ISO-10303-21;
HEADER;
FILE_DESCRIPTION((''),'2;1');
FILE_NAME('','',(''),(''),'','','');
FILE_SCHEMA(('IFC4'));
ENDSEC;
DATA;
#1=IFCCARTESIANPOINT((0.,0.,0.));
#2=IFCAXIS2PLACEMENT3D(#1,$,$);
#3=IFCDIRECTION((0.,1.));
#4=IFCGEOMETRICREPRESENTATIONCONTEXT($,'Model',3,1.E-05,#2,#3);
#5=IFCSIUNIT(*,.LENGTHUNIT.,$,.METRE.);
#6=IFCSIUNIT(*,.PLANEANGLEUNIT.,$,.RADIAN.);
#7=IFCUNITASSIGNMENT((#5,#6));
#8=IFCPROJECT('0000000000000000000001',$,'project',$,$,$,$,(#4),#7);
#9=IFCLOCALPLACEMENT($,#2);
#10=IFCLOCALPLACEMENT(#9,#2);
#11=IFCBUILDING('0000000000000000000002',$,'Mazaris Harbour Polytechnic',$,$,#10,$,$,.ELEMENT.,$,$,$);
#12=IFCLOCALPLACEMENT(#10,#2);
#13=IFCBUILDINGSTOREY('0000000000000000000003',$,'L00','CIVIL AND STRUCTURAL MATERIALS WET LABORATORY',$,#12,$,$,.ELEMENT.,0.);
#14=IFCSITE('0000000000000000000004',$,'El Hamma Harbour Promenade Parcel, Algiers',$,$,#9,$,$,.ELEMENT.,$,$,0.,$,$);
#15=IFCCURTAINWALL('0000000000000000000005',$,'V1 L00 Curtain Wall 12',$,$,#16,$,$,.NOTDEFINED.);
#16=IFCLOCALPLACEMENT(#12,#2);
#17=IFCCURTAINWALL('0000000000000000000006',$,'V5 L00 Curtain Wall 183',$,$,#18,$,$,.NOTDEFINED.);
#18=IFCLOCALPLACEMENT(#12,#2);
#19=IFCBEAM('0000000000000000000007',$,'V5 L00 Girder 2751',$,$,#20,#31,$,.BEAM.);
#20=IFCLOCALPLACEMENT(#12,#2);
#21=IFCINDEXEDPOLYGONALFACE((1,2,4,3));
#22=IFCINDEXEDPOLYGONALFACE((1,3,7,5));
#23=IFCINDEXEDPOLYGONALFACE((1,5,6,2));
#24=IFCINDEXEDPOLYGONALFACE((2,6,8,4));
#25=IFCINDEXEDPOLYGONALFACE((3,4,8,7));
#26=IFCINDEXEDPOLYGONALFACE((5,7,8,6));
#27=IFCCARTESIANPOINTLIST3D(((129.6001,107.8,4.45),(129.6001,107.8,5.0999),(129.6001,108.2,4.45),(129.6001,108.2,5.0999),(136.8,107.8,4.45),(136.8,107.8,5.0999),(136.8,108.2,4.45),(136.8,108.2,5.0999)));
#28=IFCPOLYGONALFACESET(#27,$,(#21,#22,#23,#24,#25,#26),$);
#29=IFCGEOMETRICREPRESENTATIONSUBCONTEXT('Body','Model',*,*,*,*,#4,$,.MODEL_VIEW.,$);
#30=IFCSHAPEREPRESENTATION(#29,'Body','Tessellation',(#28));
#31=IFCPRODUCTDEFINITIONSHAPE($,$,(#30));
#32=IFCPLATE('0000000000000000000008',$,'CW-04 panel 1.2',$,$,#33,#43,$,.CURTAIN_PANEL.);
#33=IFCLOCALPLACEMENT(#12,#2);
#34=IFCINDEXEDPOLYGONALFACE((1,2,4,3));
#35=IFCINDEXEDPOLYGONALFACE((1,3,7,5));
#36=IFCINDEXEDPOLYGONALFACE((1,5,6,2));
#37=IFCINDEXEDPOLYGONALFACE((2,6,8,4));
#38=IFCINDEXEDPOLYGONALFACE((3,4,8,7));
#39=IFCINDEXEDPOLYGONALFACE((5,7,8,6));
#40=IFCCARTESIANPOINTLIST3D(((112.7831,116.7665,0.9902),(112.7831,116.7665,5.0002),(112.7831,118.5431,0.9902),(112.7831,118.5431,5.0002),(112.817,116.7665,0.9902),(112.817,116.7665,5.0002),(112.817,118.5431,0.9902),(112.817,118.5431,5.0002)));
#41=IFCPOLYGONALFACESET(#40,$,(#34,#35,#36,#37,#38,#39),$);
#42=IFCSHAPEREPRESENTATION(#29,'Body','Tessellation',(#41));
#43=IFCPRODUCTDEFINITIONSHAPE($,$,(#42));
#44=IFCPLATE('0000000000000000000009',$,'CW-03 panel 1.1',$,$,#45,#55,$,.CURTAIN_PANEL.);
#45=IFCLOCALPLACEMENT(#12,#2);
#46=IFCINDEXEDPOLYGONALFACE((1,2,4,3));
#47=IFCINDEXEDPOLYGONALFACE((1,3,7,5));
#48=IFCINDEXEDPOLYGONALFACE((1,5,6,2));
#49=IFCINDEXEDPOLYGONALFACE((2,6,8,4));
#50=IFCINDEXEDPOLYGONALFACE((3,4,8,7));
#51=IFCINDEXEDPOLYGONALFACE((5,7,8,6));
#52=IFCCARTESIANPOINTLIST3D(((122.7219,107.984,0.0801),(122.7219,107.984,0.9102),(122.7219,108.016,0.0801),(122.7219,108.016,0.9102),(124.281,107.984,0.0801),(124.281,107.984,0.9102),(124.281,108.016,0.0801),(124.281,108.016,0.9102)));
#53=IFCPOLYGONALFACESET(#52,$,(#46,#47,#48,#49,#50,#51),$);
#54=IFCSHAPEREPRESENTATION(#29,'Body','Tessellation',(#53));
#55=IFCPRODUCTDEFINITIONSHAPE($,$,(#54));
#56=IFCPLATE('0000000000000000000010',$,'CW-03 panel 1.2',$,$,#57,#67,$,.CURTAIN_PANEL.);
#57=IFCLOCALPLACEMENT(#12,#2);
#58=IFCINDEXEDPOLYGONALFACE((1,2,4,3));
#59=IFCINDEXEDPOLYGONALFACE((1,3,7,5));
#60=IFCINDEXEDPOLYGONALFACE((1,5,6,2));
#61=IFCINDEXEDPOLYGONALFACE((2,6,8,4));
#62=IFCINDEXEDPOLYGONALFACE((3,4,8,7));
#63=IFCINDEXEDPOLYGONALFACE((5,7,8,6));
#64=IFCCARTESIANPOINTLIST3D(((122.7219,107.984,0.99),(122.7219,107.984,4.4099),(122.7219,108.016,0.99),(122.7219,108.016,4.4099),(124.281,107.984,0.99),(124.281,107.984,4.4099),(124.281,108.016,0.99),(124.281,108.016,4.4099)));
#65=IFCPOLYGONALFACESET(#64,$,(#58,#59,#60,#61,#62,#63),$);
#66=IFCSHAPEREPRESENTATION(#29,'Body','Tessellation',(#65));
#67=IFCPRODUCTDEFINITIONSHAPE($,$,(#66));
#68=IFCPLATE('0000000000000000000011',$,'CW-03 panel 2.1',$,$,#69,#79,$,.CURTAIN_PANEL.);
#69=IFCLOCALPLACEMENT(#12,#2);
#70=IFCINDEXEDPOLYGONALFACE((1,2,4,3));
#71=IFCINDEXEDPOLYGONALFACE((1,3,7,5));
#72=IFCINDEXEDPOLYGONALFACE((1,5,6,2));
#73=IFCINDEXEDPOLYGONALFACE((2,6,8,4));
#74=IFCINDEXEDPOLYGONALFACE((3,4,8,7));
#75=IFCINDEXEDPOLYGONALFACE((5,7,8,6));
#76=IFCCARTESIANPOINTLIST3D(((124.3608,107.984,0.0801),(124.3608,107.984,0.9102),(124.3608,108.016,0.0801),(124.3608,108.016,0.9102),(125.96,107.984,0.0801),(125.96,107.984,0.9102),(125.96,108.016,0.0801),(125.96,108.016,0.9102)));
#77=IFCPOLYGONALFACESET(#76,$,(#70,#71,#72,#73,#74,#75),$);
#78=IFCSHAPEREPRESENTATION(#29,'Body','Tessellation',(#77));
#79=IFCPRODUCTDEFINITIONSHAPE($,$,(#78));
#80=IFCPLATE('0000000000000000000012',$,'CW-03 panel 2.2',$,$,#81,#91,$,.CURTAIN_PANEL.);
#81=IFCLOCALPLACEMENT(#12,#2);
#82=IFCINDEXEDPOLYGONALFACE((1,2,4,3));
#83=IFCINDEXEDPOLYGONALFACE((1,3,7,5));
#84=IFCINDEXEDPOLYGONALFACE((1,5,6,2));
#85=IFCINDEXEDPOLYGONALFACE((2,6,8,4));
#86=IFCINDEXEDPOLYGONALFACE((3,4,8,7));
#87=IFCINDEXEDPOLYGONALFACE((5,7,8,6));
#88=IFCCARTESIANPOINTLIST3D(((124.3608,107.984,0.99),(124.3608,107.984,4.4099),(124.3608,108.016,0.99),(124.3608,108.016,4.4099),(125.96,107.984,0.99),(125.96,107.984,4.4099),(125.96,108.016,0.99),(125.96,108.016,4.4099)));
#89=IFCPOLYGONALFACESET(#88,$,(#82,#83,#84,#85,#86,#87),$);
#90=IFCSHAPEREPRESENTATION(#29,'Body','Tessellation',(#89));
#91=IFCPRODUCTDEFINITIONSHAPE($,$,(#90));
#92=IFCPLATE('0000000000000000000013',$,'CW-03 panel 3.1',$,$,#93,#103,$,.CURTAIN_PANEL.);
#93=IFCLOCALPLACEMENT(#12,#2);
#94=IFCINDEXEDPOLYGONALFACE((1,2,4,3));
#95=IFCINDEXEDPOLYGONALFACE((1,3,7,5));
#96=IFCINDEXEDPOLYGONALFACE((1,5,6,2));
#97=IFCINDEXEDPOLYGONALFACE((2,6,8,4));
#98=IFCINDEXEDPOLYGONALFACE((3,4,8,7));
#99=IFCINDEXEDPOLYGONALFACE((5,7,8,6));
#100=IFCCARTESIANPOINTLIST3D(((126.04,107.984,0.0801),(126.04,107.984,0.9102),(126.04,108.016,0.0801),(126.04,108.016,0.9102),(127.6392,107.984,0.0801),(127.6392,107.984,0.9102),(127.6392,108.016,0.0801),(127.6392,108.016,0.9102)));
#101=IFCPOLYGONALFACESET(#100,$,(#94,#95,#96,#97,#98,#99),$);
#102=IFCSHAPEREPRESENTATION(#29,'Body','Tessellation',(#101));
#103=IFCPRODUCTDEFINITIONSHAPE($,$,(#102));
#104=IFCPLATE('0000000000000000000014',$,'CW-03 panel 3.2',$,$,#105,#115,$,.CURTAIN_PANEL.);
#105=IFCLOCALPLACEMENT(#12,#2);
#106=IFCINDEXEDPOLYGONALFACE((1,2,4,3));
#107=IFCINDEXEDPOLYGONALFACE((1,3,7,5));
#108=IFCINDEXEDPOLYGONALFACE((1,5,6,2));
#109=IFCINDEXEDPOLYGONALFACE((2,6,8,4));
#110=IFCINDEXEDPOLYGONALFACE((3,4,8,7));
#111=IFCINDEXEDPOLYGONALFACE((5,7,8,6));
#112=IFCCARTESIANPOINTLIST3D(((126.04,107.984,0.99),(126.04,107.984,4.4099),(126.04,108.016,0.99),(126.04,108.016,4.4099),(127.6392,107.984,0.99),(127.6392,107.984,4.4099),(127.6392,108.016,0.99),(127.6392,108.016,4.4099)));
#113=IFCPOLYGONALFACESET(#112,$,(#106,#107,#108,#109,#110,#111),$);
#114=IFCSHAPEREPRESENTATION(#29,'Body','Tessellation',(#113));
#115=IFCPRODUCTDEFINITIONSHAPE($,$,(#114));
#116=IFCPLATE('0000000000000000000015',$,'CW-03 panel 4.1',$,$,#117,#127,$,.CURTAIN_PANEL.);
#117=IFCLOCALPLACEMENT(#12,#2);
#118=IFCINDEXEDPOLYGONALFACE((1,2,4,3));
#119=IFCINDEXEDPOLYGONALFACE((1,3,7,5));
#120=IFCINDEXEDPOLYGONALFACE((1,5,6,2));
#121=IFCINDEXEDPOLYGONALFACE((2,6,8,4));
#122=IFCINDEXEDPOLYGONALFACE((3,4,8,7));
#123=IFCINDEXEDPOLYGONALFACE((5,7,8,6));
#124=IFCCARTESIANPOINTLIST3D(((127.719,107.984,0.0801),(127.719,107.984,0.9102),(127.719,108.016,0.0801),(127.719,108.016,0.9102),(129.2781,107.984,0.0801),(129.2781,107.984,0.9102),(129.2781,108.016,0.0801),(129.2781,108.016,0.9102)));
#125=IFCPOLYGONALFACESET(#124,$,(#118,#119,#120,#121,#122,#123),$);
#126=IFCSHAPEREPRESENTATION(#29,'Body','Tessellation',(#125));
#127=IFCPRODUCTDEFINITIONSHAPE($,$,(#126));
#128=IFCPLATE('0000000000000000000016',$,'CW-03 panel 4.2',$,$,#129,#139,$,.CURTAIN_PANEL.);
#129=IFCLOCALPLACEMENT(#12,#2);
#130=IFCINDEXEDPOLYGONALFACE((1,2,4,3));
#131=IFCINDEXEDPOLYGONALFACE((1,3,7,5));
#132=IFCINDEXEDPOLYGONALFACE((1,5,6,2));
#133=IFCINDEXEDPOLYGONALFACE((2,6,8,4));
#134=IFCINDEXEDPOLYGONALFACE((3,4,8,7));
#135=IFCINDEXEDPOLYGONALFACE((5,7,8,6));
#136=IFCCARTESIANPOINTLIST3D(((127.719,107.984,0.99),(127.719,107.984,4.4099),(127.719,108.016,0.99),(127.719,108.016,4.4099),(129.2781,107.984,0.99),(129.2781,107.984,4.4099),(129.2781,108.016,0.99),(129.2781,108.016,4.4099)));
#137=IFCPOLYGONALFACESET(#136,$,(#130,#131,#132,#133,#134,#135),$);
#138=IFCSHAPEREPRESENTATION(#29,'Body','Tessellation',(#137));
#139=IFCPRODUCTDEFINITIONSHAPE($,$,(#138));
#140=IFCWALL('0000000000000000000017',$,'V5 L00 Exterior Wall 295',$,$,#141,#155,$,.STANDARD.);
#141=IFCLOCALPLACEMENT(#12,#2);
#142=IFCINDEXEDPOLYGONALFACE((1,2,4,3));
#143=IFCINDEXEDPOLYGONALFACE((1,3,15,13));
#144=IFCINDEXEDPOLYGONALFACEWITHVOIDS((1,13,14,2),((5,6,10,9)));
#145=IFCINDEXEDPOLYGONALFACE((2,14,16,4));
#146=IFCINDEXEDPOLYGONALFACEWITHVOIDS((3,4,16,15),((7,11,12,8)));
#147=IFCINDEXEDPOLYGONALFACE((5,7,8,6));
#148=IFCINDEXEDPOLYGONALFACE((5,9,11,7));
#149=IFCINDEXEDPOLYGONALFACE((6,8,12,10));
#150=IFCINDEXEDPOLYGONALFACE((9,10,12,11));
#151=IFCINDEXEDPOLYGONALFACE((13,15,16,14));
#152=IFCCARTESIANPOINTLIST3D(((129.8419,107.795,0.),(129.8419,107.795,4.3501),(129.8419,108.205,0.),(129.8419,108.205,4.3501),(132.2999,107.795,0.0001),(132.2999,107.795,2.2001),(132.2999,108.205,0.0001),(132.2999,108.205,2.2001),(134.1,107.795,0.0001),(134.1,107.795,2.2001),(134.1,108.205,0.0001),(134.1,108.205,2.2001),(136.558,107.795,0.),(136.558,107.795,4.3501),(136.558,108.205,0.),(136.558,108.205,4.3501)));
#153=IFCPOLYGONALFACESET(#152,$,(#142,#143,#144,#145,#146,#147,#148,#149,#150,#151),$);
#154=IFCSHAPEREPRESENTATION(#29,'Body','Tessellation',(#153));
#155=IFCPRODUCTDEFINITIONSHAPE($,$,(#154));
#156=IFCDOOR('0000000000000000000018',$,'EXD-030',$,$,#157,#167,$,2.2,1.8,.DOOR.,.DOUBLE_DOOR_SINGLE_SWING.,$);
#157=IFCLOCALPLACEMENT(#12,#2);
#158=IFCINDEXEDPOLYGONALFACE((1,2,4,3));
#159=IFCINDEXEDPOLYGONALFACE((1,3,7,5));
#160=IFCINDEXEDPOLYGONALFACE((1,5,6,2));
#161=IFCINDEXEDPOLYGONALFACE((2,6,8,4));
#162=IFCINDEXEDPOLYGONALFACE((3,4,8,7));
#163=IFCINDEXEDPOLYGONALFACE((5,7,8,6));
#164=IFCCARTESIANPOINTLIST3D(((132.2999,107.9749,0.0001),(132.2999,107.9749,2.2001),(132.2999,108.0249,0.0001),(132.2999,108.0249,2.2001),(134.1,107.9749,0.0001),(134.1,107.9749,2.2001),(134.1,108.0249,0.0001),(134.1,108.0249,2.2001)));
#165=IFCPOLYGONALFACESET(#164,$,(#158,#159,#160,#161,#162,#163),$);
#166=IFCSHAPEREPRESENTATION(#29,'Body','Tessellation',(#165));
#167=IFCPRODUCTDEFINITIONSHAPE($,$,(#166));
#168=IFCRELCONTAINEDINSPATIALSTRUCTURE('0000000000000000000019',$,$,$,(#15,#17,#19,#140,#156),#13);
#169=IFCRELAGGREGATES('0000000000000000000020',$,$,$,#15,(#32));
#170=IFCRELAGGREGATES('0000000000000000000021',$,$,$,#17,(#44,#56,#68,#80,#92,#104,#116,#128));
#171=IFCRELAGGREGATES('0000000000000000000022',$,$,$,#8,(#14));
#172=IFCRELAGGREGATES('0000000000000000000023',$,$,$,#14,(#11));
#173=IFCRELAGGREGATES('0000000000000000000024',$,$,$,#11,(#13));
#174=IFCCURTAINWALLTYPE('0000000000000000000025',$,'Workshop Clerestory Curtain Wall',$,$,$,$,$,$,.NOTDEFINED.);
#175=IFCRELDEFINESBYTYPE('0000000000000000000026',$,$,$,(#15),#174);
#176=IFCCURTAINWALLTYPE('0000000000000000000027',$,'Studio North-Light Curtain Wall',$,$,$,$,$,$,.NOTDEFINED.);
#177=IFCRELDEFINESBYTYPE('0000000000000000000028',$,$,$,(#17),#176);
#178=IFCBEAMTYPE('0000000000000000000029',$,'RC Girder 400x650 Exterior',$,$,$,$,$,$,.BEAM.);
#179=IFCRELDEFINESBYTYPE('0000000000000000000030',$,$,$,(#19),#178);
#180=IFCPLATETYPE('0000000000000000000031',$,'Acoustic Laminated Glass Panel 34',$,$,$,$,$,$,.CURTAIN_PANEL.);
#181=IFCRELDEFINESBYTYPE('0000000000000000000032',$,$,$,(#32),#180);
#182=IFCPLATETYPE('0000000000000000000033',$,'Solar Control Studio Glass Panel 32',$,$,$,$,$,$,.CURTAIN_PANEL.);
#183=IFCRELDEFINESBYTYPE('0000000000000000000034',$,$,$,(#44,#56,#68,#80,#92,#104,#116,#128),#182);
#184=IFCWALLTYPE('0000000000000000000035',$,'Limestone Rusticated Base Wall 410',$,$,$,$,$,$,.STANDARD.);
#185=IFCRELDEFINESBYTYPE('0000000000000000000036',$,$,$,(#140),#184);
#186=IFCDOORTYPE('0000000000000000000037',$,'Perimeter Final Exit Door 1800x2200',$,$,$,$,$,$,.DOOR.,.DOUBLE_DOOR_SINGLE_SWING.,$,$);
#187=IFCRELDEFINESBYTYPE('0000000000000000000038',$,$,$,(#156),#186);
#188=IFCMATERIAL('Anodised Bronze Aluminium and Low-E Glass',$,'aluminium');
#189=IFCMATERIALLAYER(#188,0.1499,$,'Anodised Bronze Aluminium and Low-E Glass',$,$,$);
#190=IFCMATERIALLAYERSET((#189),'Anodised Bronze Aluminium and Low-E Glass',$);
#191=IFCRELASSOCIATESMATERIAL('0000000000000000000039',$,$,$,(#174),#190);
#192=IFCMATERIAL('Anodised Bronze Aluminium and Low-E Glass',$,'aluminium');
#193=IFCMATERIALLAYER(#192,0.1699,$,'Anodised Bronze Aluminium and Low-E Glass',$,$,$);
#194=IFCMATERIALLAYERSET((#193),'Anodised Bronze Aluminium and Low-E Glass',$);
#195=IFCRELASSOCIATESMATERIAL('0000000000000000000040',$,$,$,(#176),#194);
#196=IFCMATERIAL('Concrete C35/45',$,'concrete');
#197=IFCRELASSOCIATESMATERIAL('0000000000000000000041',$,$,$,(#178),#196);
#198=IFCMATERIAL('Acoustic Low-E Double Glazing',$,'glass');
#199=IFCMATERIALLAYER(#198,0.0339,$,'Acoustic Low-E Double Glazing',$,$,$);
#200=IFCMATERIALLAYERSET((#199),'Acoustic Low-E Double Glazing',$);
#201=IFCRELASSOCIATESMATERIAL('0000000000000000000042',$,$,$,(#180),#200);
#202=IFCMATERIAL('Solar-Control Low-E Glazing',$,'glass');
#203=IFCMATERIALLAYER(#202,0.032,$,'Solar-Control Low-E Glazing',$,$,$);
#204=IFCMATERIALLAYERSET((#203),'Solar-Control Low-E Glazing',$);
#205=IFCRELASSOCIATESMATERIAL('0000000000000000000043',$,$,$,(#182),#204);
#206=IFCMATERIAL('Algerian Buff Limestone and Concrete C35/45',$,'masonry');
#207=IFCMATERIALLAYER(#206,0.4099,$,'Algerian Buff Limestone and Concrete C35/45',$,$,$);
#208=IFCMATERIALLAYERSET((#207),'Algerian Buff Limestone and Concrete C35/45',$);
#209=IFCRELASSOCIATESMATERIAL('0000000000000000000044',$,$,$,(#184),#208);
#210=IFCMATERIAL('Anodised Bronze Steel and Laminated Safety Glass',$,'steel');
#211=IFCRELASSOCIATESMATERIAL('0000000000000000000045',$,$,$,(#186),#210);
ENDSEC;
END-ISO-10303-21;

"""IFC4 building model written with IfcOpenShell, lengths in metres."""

from ifc_helpers import new_model, si_unit, direction, frame, frame_2d, origin, origin_2d, place, context, subcontext, project, spatial, rectangle, extrude, material, layer, layer_set, material_profile, profile_set, type_object, element, fill, aggregate, save


model = new_model("IFC4")

# Units and contexts
model_context = context("Model", 3, precision=1e-05, world=origin(), true_north=direction((0.0, 1.0)))
body_context = subcontext(model_context, "Body", "Model", "MODEL_VIEW")
ifc_project = project(units=[si_unit("LENGTHUNIT", "METRE"), si_unit("PLANEANGLEUNIT", "RADIAN")], contexts=[model_context])

# Site, building, storey
site_placement = place(None, origin())
site = spatial("IfcSite", under=ifc_project, at=site_placement, Name="El Hamma Harbour Promenade Parcel, Algiers", CompositionType="ELEMENT", RefElevation=0.0)
building_placement = place(site_placement, origin())
building = spatial("IfcBuilding", under=site, at=building_placement, Name="Mazaris Harbour Polytechnic", CompositionType="ELEMENT")
storey_placement = place(building_placement, origin())
storey = spatial("IfcBuildingStorey", under=building, at=storey_placement, Name="L00", Description="CIVIL AND STRUCTURAL MATERIALS WET LABORATORY", CompositionType="ELEMENT", Elevation=0.0)

# Curtain wall
ifc_material_1 = material(Name="Anodised Bronze Aluminium and Low-E Glass", Category="aluminium")
ifc_layer_1 = layer(ifc_material_1, 0.1499, Name="Anodised Bronze Aluminium and Low-E Glass")
ifc_layer_set_1 = layer_set([ifc_layer_1], Name="Anodised Bronze Aluminium and Low-E Glass")
curtain_wall_type_1 = type_object("IfcCurtainWallType", Name="Workshop Clerestory Curtain Wall", PredefinedType="NOTDEFINED", material=ifc_layer_set_1)
curtain_wall_1_placement = place(storey_placement, origin())
curtain_wall_1 = element("IfcCurtainWall", 1, at=curtain_wall_1_placement, inside=storey, type_object=curtain_wall_type_1, Name="V1 L00 Curtain Wall 12", PredefinedType="NOTDEFINED")

# Curtain wall
ifc_material_2 = material(Name="Anodised Bronze Aluminium and Low-E Glass", Category="aluminium")
ifc_layer_2 = layer(ifc_material_2, 0.1699, Name="Anodised Bronze Aluminium and Low-E Glass")
ifc_layer_set_2 = layer_set([ifc_layer_2], Name="Anodised Bronze Aluminium and Low-E Glass")
curtain_wall_type_2 = type_object("IfcCurtainWallType", Name="Studio North-Light Curtain Wall", PredefinedType="NOTDEFINED", material=ifc_layer_set_2)
curtain_wall_2_placement = place(storey_placement, origin())
curtain_wall_2 = element("IfcCurtainWall", 2, at=curtain_wall_2_placement, inside=storey, type_object=curtain_wall_type_2, Name="V5 L00 Curtain Wall 183", PredefinedType="NOTDEFINED")

# Beam
ifc_material_3 = material(Name="Concrete C35/45", Category="concrete")
ifc_material_profile_1 = material_profile(ifc_material_3, rectangle(XDim=0.3999, YDim=0.6499, at=origin_2d()), Name="RECT400x650")
ifc_profile_set_1 = profile_set([ifc_material_profile_1], Name="Concrete C35/45")
beam_type = type_object("IfcBeamType", Name="RC Girder 400x650 Exterior", PredefinedType="BEAM", material=ifc_profile_set_1)
beam_placement = place(storey_placement, frame((129.6001, 108.0, 4.7749), z_axis=(1.0, 0.0, 0.0), x_axis=(0.0, 1.0, 0.0)))
element("IfcBeam", 3, at=beam_placement, inside=storey, type_object=beam_type, Name="V5 L00 Girder 2751", PredefinedType="BEAM", context=body_context, shape_type="SweptSolid", body=[
    extrude(rectangle(XDim=0.3999, YDim=0.6499, at=origin_2d()), origin(), (0.0, 0.0, 1.0), 7.2),
])

# Plates
ifc_material_4 = material(Name="Acoustic Low-E Double Glazing", Category="glass")
ifc_layer_3 = layer(ifc_material_4, 0.0339, Name="Acoustic Low-E Double Glazing")
ifc_layer_set_3 = layer_set([ifc_layer_3], Name="Acoustic Low-E Double Glazing")
plate_type_1 = type_object("IfcPlateType", Name="Acoustic Laminated Glass Panel 34", PredefinedType="CURTAIN_PANEL", material=ifc_layer_set_3)
plate_1_placement = place(storey_placement, frame((112.8, 117.6548, 0.9902), z_axis=(0.0, 0.0, 1.0), x_axis=(0.0, -1.0, 0.0)))
plate_1 = element("IfcPlate", 4, at=plate_1_placement, type_object=plate_type_1, Name="CW-04 panel 1.2", PredefinedType="CURTAIN_PANEL", context=body_context, shape_type="SweptSolid", body=[
    extrude(rectangle(XDim=1.7766, YDim=0.0339, at=origin_2d()), origin(), (0.0, 0.0, 1.0), 4.01),
])
aggregate(curtain_wall_1, [plate_1])
ifc_material_5 = material(Name="Solar-Control Low-E Glazing", Category="glass")
ifc_layer_4 = layer(ifc_material_5, 0.032, Name="Solar-Control Low-E Glazing")
ifc_layer_set_4 = layer_set([ifc_layer_4], Name="Solar-Control Low-E Glazing")
plate_type_2 = type_object("IfcPlateType", Name="Solar Control Studio Glass Panel 32", PredefinedType="CURTAIN_PANEL", material=ifc_layer_set_4)
plate_2_placement = place(storey_placement, frame((123.5015, 108.0, 0.0801), z_axis=(0.0, 0.0, 1.0), x_axis=(1.0, 0.0, 0.0)))
plate_2 = element("IfcPlate", 5, at=plate_2_placement, type_object=plate_type_2, Name="CW-03 panel 1.1", PredefinedType="CURTAIN_PANEL", context=body_context, shape_type="SweptSolid", body=[
    extrude(rectangle(XDim=1.5591, YDim=0.032, at=origin_2d()), origin(), (0.0, 0.0, 1.0), 0.8301),
])
plate_3_placement = place(storey_placement, frame((123.5015, 108.0, 0.99), z_axis=(0.0, 0.0, 1.0), x_axis=(1.0, 0.0, 0.0)))
plate_3 = element("IfcPlate", 6, at=plate_3_placement, type_object=plate_type_2, Name="CW-03 panel 1.2", PredefinedType="CURTAIN_PANEL", context=body_context, shape_type="SweptSolid", body=[
    extrude(rectangle(XDim=1.5591, YDim=0.032, at=origin_2d()), origin(), (0.0, 0.0, 1.0), 3.4199),
])
plate_4_placement = place(storey_placement, frame((125.1604, 108.0, 0.0801), z_axis=(0.0, 0.0, 1.0), x_axis=(1.0, 0.0, 0.0)))
plate_4 = element("IfcPlate", 7, at=plate_4_placement, type_object=plate_type_2, Name="CW-03 panel 2.1", PredefinedType="CURTAIN_PANEL", context=body_context, shape_type="SweptSolid", body=[
    extrude(rectangle(XDim=1.5991, YDim=0.032, at=origin_2d()), origin(), (0.0, 0.0, 1.0), 0.8301),
])
plate_5_placement = place(storey_placement, frame((125.1604, 108.0, 0.99), z_axis=(0.0, 0.0, 1.0), x_axis=(1.0, 0.0, 0.0)))
plate_5 = element("IfcPlate", 8, at=plate_5_placement, type_object=plate_type_2, Name="CW-03 panel 2.2", PredefinedType="CURTAIN_PANEL", context=body_context, shape_type="SweptSolid", body=[
    extrude(rectangle(XDim=1.5991, YDim=0.032, at=origin_2d()), origin(), (0.0, 0.0, 1.0), 3.4199),
])
plate_6_placement = place(storey_placement, frame((126.8396, 108.0, 0.0801), z_axis=(0.0, 0.0, 1.0), x_axis=(1.0, 0.0, 0.0)))
plate_6 = element("IfcPlate", 9, at=plate_6_placement, type_object=plate_type_2, Name="CW-03 panel 3.1", PredefinedType="CURTAIN_PANEL", context=body_context, shape_type="SweptSolid", body=[
    extrude(rectangle(XDim=1.5991, YDim=0.032, at=origin_2d()), origin(), (0.0, 0.0, 1.0), 0.8301),
])
plate_7_placement = place(storey_placement, frame((126.8396, 108.0, 0.99), z_axis=(0.0, 0.0, 1.0), x_axis=(1.0, 0.0, 0.0)))
plate_7 = element("IfcPlate", 10, at=plate_7_placement, type_object=plate_type_2, Name="CW-03 panel 3.2", PredefinedType="CURTAIN_PANEL", context=body_context, shape_type="SweptSolid", body=[
    extrude(rectangle(XDim=1.5991, YDim=0.032, at=origin_2d()), origin(), (0.0, 0.0, 1.0), 3.4199),
])
plate_8_placement = place(storey_placement, frame((128.4985, 108.0, 0.0801), z_axis=(0.0, 0.0, 1.0), x_axis=(1.0, 0.0, 0.0)))
plate_8 = element("IfcPlate", 11, at=plate_8_placement, type_object=plate_type_2, Name="CW-03 panel 4.1", PredefinedType="CURTAIN_PANEL", context=body_context, shape_type="SweptSolid", body=[
    extrude(rectangle(XDim=1.5591, YDim=0.032, at=origin_2d()), origin(), (0.0, 0.0, 1.0), 0.8301),
])
plate_9_placement = place(storey_placement, frame((128.4985, 108.0, 0.99), z_axis=(0.0, 0.0, 1.0), x_axis=(1.0, 0.0, 0.0)))
plate_9 = element("IfcPlate", 12, at=plate_9_placement, type_object=plate_type_2, Name="CW-03 panel 4.2", PredefinedType="CURTAIN_PANEL", context=body_context, shape_type="SweptSolid", body=[
    extrude(rectangle(XDim=1.5591, YDim=0.032, at=origin_2d()), origin(), (0.0, 0.0, 1.0), 3.4199),
])
aggregate(curtain_wall_2, [plate_2, plate_3, plate_4, plate_5, plate_6, plate_7, plate_8, plate_9])

# Wall, opening, door
ifc_material_6 = material(Name="Algerian Buff Limestone and Concrete C35/45", Category="masonry")
ifc_layer_5 = layer(ifc_material_6, 0.4099, Name="Algerian Buff Limestone and Concrete C35/45")
ifc_layer_set_5 = layer_set([ifc_layer_5], Name="Algerian Buff Limestone and Concrete C35/45")
wall_type = type_object("IfcWallType", Name="Limestone Rusticated Base Wall 410", PredefinedType="STANDARD", material=ifc_layer_set_5)
wall_placement = place(storey_placement, frame((129.842, 108.0, 0.0), z_axis=(0.0, 0.0, 1.0), x_axis=(1.0, 0.0, 0.0)))
wall = element("IfcWall", 13, at=wall_placement, inside=storey, type_object=wall_type, Name="V5 L00 Exterior Wall 295", PredefinedType="STANDARD", context=body_context, shape_type="SweptSolid", body=[
    extrude(rectangle(XDim=6.7161, YDim=0.4099, at=frame_2d((3.3579, 0.0))), origin(), (0.0, 0.0, 1.0), 4.3501),
])
opening_placement = place(wall_placement, frame((2.458, 0.0, 0.0)))
opening = element("IfcOpeningElement", 14, at=opening_placement, cuts=wall, PredefinedType="OPENING", context=body_context, shape_type="SweptSolid", body=[
    extrude(rectangle(XDim=1.8, YDim=2.2, at=frame_2d((0.8999, 1.1001))), frame((0.0, 0.2148, 0.0), z_axis=(0.0, -1.0, 0.0), x_axis=(1.0, 0.0, 0.0)), (0.0, 0.0, 1.0), 0.4299),
])
ifc_material_7 = material(Name="Anodised Bronze Steel and Laminated Safety Glass", Category="steel")
door_type = type_object("IfcDoorType", Name="Perimeter Final Exit Door 1800x2200", OperationType="DOUBLE_DOOR_SINGLE_SWING", PredefinedType="DOOR", material=ifc_material_7)
door_placement = place(opening_placement, origin())
door = element("IfcDoor", 15, at=door_placement, inside=storey, type_object=door_type, Name="EXD-030", OperationType="DOUBLE_DOOR_SINGLE_SWING", OverallHeight=2.2, OverallWidth=1.8, PredefinedType="DOOR", context=body_context, shape_type="SweptSolid", body=[
    extrude(rectangle(XDim=1.8, YDim=2.2, at=frame_2d((0.8999, 1.1001))), frame((0.0, 0.0249, 0.0), z_axis=(0.0, -1.0, 0.0), x_axis=(1.0, 0.0, 0.0)), (0.0, 0.0, 1.0), 0.05),
])
fill(opening, door)

save(model, "model.ifc")
